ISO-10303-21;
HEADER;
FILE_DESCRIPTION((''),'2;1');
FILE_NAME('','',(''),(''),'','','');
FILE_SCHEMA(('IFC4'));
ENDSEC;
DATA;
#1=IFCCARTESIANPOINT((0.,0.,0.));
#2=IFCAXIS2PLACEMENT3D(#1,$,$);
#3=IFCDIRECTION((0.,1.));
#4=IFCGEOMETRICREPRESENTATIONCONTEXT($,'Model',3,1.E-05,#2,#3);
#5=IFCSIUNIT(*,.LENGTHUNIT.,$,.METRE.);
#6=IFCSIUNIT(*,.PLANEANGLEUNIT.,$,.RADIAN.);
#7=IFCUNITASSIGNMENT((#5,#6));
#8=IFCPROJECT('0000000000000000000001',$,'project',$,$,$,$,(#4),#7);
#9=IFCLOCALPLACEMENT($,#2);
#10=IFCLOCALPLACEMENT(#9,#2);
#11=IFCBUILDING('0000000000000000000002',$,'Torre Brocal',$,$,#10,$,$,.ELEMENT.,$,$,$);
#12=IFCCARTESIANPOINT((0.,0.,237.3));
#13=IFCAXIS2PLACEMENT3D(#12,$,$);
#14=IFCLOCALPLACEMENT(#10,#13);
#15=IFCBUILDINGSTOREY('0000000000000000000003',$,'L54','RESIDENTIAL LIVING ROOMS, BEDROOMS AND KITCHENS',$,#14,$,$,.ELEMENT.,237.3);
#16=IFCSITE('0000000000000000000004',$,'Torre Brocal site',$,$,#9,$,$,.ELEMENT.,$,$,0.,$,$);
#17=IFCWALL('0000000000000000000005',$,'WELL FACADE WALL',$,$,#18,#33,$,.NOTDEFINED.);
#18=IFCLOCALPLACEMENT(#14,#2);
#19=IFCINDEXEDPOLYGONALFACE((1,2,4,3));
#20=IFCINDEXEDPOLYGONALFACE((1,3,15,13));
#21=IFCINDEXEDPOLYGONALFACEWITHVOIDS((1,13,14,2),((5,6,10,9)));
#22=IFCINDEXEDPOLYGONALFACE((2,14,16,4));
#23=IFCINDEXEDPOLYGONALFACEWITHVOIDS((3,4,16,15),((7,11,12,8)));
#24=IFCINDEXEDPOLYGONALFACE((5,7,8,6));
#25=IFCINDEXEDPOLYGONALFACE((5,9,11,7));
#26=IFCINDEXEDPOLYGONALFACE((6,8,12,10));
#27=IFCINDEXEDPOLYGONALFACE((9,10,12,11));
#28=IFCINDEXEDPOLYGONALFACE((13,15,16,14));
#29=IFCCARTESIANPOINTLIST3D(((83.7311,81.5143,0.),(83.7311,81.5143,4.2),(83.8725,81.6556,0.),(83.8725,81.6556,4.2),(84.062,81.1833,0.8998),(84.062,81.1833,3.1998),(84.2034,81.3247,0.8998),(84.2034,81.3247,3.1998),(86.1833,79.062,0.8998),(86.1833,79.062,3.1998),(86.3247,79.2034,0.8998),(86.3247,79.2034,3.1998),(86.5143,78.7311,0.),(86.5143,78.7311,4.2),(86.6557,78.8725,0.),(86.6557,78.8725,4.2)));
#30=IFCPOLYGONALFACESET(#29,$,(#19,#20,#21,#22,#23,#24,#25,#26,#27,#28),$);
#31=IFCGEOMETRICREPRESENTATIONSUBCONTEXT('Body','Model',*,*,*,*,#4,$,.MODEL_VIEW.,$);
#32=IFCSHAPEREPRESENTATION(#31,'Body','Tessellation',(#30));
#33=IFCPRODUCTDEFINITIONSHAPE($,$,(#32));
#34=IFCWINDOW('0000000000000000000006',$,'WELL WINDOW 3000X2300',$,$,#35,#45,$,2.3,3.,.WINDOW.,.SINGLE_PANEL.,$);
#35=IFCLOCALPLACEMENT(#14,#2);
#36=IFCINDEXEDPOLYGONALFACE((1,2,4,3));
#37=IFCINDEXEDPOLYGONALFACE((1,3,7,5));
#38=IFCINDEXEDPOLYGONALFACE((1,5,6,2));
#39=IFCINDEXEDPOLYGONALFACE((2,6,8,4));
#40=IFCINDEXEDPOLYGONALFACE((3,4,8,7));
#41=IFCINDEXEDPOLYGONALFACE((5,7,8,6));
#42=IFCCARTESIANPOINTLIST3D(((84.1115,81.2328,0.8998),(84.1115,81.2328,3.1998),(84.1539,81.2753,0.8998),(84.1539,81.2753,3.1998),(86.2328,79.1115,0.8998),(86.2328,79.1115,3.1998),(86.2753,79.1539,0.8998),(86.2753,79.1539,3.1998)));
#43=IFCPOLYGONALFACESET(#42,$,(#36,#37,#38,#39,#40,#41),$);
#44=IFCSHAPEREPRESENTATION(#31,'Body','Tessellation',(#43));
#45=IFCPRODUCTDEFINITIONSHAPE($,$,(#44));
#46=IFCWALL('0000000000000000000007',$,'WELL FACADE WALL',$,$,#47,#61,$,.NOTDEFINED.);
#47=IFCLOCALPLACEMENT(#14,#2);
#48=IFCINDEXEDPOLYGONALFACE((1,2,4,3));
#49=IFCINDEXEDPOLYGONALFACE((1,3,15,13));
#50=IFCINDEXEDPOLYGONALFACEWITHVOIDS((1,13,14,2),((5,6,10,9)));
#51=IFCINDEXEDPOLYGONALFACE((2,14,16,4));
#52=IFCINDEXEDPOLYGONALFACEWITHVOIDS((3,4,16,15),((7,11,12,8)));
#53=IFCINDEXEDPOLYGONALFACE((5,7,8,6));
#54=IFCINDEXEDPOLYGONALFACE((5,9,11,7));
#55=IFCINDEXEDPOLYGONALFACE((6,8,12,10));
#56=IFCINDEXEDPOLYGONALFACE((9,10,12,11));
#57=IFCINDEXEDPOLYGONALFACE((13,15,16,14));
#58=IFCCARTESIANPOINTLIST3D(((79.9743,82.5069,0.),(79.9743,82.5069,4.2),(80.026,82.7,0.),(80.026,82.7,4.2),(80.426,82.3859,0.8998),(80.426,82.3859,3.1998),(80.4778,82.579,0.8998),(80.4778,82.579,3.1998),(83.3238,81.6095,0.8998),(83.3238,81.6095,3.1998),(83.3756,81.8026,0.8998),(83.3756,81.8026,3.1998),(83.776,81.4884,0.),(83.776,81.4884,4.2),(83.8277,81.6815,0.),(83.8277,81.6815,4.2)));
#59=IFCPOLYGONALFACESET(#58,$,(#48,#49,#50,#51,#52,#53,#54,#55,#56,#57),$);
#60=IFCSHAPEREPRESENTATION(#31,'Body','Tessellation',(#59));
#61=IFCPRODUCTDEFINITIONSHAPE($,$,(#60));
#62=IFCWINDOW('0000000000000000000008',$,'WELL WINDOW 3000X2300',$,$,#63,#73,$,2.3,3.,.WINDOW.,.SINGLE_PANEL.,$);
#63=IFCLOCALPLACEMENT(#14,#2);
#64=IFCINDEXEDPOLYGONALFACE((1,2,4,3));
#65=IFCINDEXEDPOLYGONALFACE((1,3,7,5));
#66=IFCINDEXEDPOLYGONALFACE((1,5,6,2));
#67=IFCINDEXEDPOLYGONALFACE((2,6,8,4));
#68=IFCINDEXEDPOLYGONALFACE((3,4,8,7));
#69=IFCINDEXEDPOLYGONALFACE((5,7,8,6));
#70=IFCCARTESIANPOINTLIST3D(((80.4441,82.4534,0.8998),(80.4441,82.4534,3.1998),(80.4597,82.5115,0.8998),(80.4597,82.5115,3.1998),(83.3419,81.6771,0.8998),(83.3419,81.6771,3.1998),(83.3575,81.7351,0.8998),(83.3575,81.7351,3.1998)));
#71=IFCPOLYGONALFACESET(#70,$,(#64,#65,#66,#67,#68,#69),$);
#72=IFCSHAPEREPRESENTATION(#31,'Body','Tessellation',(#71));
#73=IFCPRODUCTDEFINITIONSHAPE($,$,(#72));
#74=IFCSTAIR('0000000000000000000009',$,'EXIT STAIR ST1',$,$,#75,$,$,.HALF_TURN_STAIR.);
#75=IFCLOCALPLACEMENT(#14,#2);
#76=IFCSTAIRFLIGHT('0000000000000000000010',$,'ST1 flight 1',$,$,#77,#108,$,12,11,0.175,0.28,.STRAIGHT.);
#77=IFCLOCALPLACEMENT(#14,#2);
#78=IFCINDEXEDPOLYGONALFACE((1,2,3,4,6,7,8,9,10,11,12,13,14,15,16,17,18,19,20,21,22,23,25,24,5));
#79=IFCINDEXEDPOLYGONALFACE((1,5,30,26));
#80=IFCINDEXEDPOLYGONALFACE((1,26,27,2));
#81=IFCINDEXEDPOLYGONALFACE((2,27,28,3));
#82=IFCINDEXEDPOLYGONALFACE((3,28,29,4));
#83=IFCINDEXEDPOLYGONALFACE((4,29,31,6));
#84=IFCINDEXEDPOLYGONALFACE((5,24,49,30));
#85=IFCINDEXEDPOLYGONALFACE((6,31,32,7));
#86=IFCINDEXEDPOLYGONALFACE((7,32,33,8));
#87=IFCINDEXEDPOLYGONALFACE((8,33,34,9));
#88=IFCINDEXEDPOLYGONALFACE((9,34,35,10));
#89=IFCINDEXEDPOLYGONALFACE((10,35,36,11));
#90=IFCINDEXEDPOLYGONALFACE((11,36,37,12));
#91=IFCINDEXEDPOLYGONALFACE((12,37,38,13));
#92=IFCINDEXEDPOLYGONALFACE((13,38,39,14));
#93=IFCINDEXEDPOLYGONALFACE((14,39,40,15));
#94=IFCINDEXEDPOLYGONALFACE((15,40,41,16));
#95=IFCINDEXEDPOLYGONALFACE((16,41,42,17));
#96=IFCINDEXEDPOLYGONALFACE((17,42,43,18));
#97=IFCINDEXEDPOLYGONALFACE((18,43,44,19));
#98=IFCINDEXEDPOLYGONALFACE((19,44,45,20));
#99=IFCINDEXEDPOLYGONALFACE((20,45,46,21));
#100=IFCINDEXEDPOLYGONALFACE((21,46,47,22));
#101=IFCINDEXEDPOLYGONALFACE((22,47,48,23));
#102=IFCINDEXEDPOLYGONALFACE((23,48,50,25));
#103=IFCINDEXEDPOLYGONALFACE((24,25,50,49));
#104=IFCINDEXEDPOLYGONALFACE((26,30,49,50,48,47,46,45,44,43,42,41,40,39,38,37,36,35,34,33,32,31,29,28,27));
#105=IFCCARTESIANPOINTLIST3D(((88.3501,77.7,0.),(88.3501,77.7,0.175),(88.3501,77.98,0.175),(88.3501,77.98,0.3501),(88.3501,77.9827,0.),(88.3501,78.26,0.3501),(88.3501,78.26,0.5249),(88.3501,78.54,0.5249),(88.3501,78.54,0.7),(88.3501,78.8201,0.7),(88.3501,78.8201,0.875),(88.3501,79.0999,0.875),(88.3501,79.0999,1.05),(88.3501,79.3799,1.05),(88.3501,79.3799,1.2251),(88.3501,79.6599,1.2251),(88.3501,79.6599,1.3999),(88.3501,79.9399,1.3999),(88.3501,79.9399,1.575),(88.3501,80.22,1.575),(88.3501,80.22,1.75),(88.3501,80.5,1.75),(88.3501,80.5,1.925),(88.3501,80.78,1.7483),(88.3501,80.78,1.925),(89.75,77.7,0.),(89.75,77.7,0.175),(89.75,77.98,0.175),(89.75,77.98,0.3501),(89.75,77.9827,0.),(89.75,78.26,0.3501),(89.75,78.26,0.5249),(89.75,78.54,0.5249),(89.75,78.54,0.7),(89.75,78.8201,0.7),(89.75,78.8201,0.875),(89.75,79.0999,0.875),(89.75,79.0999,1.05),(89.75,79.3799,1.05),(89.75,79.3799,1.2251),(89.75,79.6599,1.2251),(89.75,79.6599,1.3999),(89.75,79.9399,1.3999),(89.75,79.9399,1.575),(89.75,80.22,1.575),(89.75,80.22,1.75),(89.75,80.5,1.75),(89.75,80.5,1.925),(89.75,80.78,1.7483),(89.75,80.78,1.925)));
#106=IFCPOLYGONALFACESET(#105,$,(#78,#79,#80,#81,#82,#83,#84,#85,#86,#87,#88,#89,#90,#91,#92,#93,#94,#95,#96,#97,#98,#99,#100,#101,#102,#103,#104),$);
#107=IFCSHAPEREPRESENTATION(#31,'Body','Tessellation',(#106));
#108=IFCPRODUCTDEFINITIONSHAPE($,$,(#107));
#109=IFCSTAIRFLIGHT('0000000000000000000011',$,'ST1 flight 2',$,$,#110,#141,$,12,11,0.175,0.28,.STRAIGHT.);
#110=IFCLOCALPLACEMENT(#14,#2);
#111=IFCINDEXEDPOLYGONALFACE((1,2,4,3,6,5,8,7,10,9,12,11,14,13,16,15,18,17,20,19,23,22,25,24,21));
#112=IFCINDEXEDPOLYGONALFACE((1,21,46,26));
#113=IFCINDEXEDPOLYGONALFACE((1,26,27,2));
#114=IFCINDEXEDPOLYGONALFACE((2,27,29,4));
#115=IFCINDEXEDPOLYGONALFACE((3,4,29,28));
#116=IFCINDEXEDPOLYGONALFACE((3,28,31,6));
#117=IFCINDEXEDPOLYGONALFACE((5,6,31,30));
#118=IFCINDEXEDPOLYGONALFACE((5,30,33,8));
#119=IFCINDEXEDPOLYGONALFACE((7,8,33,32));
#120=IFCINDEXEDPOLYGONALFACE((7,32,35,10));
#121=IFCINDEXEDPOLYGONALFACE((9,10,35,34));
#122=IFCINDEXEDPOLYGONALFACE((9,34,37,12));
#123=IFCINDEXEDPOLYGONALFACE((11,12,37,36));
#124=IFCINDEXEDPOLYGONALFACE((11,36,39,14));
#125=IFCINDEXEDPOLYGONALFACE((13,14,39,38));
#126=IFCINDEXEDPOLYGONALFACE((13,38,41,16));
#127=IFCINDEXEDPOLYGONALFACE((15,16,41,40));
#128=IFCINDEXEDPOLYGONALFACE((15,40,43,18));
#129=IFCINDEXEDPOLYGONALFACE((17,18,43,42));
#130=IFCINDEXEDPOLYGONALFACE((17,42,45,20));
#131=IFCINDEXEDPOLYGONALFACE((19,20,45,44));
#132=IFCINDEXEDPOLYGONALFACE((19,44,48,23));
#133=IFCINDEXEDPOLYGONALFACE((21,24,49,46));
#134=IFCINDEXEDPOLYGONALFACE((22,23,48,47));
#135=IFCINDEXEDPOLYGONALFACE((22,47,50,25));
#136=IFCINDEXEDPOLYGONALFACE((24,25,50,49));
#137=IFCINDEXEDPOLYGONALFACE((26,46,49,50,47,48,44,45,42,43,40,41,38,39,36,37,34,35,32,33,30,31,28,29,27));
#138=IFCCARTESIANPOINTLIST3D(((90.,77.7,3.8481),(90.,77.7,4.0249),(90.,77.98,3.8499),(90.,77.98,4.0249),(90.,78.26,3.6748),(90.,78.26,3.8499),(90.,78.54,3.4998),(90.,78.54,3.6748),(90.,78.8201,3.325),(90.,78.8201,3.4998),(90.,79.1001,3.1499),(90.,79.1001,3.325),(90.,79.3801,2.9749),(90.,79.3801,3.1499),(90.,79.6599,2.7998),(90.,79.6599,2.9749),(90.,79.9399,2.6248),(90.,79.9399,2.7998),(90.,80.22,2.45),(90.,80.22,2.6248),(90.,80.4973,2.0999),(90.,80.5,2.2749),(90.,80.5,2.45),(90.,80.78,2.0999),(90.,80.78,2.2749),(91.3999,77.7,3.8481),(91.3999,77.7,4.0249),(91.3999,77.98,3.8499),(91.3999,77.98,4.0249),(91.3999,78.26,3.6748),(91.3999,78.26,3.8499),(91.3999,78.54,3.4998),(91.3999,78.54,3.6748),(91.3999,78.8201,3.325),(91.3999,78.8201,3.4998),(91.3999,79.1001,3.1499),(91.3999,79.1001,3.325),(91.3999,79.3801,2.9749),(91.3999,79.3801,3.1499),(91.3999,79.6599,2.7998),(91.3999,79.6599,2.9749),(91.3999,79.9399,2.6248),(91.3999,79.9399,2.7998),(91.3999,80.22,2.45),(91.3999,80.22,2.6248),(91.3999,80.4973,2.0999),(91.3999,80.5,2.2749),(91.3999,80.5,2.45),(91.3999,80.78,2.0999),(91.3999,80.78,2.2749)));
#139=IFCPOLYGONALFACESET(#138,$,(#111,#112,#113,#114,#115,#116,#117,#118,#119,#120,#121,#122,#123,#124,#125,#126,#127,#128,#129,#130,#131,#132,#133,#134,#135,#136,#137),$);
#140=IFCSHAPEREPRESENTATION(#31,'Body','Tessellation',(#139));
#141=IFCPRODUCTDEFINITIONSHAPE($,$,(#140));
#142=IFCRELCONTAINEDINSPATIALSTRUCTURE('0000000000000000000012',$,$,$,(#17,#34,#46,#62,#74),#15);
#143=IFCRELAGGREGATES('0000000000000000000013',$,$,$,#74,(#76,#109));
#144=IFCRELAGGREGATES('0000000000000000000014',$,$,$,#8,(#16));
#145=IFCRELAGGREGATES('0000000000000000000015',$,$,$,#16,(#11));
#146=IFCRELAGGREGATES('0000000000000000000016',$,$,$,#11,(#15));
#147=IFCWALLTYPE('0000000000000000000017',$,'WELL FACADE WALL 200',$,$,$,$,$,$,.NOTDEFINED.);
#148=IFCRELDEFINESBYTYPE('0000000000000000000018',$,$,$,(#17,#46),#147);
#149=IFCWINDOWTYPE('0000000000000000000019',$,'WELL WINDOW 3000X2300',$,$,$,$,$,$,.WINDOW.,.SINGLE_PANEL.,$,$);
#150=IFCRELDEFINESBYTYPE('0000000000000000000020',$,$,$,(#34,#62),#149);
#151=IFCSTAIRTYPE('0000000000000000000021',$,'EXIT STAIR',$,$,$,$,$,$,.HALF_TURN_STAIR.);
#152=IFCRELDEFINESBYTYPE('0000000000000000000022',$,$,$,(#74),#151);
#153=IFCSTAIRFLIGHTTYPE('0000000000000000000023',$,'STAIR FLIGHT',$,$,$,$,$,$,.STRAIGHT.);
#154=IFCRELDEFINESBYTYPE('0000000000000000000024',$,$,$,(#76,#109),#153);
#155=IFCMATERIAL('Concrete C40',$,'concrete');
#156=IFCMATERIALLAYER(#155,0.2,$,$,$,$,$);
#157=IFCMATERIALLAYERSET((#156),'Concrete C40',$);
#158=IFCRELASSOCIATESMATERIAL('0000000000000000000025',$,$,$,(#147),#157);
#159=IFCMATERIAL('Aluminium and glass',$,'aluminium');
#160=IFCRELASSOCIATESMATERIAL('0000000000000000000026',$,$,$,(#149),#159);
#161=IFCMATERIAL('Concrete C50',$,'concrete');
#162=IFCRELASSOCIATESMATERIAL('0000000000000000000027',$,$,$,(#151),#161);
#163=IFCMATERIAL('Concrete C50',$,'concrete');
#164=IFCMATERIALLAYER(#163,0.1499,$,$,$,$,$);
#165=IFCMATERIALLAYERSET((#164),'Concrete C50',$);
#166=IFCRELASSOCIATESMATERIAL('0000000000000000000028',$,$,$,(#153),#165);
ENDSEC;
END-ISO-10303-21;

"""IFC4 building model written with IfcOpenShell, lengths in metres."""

from ifc_helpers import new_model, si_unit, direction, frame, frame_2d, origin, place, context, subcontext, project, spatial, polyline, rectangle, outline, extrude, material, layer, layer_set, type_object, element, fill, aggregate, save


model = new_model("IFC4")

# Units and contexts
model_context = context("Model", 3, precision=1e-05, world=origin(), true_north=direction((0.0, 1.0)))
body_context = subcontext(model_context, "Body", "Model", "MODEL_VIEW")
ifc_project = project(units=[si_unit("LENGTHUNIT", "METRE"), si_unit("PLANEANGLEUNIT", "RADIAN")], contexts=[model_context])

# Site, building, storey
site_placement = place(None, origin())
site = spatial("IfcSite", under=ifc_project, at=site_placement, Name="Torre Brocal site", CompositionType="ELEMENT", RefElevation=0.0)
building_placement = place(site_placement, origin())
building = spatial("IfcBuilding", under=site, at=building_placement, Name="Torre Brocal", CompositionType="ELEMENT")
storey_placement = place(building_placement, frame((0.0, 0.0, 237.3)))
storey = spatial("IfcBuildingStorey", under=building, at=storey_placement, Name="L54", Description="RESIDENTIAL LIVING ROOMS, BEDROOMS AND KITCHENS", CompositionType="ELEMENT", Elevation=237.3)

# Walls, openings, windows
ifc_material_1 = material(Name="Concrete C40", Category="concrete")
ifc_layer_1 = layer(ifc_material_1, 0.2)
ifc_layer_set_1 = layer_set([ifc_layer_1], Name="Concrete C40")
wall_type_1 = type_object("IfcWallType", Name="WELL FACADE WALL 200", PredefinedType="NOTDEFINED", material=ifc_layer_set_1)
wall_1_placement = place(storey_placement, frame((86.585, 78.8018, 0.0), z_axis=(0.0, 0.0, 1.0), x_axis=(-0.707107, 0.707107, 0.0)))
wall_1 = element("IfcWall", 1, at=wall_1_placement, inside=storey, type_object=wall_type_1, Name="WELL FACADE WALL", PredefinedType="NOTDEFINED", context=body_context, shape_type="SweptSolid", body=[
    extrude(rectangle(XDim=3.936, YDim=0.2, at=frame_2d((1.968, 0.0))), origin(), (0.0, 0.0, 1.0), 4.2),
])
opening_1_placement = place(wall_1_placement, frame((0.468, 0.0, 0.8999)))
opening_1 = element("IfcOpeningElement", 2, at=opening_1_placement, cuts=wall_1, PredefinedType="OPENING", context=body_context, shape_type="SweptSolid", body=[
    extrude(rectangle(XDim=3.0, YDim=2.3, at=frame_2d((1.5, 1.1499))), frame((0.0, 0.1099, 0.0), z_axis=(0.0, -1.0, 0.0), x_axis=(1.0, 0.0, 0.0)), (0.0, 0.0, 1.0), 0.22),
])
ifc_material_2 = material(Name="Aluminium and glass", Category="aluminium")
window_type = type_object("IfcWindowType", Name="WELL WINDOW 3000X2300", PartitioningType="SINGLE_PANEL", PredefinedType="WINDOW", material=ifc_material_2)
window_1_placement = place(opening_1_placement, origin())
window_1 = element("IfcWindow", 3, at=window_1_placement, inside=storey, type_object=window_type, Name="WELL WINDOW 3000X2300", OverallHeight=2.3, OverallWidth=3.0, PartitioningType="SINGLE_PANEL", PredefinedType="WINDOW", context=body_context, shape_type="SweptSolid", body=[
    extrude(rectangle(XDim=3.0, YDim=2.3, at=frame_2d((1.5, 1.1499))), frame((0.0, 0.03, 0.0), z_axis=(0.0, -1.0, 0.0), x_axis=(1.0, 0.0, 0.0)), (0.0, 0.0, 1.0), 0.0601),
])
fill(opening_1, window_1)
wall_2_placement = place(storey_placement, frame((83.8018, 81.585, 0.0), z_axis=(0.0, 0.0, 1.0), x_axis=(-0.965934, 0.25879, 0.0)))
wall_2 = element("IfcWall", 4, at=wall_2_placement, inside=storey, type_object=wall_type_1, Name="WELL FACADE WALL", PredefinedType="NOTDEFINED", context=body_context, shape_type="SweptSolid", body=[
    extrude(rectangle(XDim=3.9358, YDim=0.2, at=frame_2d((1.9678, 0.0))), origin(), (0.0, 0.0, 1.0), 4.2),
])
opening_2_placement = place(wall_2_placement, frame((0.468, 0.0, 0.8999)))
opening_2 = element("IfcOpeningElement", 5, at=opening_2_placement, cuts=wall_2, PredefinedType="OPENING", context=body_context, shape_type="SweptSolid", body=[
    extrude(rectangle(XDim=3.0, YDim=2.3, at=frame_2d((1.5, 1.1499))), frame((0.0, 0.1099, 0.0), z_axis=(0.0, -1.0, 0.0), x_axis=(1.0, 0.0, 0.0)), (0.0, 0.0, 1.0), 0.22),
])
window_2_placement = place(opening_2_placement, origin())
window_2 = element("IfcWindow", 6, at=window_2_placement, inside=storey, type_object=window_type, Name="WELL WINDOW 3000X2300", OverallHeight=2.3, OverallWidth=3.0, PartitioningType="SINGLE_PANEL", PredefinedType="WINDOW", context=body_context, shape_type="SweptSolid", body=[
    extrude(rectangle(XDim=3.0, YDim=2.3, at=frame_2d((1.5, 1.1499))), frame((0.0, 0.03, 0.0), z_axis=(0.0, -1.0, 0.0), x_axis=(1.0, 0.0, 0.0)), (0.0, 0.0, 1.0), 0.0601),
])
fill(opening_2, window_2)

# Stair, stair flights
ifc_material_3 = material(Name="Concrete C50", Category="concrete")
stair_type = type_object("IfcStairType", Name="EXIT STAIR", PredefinedType="HALF_TURN_STAIR", material=ifc_material_3)
stair_placement = place(storey_placement, origin())
stair = element("IfcStair", 7, at=stair_placement, inside=storey, type_object=stair_type, Name="EXIT STAIR ST1", PredefinedType="HALF_TURN_STAIR")
ifc_material_4 = material(Name="Concrete C50", Category="concrete")
ifc_layer_2 = layer(ifc_material_4, 0.1499)
ifc_layer_set_2 = layer_set([ifc_layer_2], Name="Concrete C50")
stair_flight_type = type_object("IfcStairFlightType", Name="STAIR FLIGHT", PredefinedType="STRAIGHT", material=ifc_layer_set_2)
stair_flight_1_placement = place(storey_placement, frame((89.05, 77.7, 0.0), z_axis=(0.0, 0.0, 1.0), x_axis=(0.0, 1.0, 0.0)))
stair_flight_1 = element("IfcStairFlight", 8, at=stair_flight_1_placement, type_object=stair_flight_type, Name="ST1 flight 1", NumberOfRisers=12, NumberOfTreads=11, PredefinedType="STRAIGHT", RiserHeight=0.175, TreadLength=0.28, context=body_context, shape_type="SweptSolid", body=[
    extrude(outline(polyline([(0.0, 0.0), (0.0, 0.175), (0.28, 0.175), (0.28, 0.3501), (0.5601, 0.3501), (0.5601, 0.5249), (0.8401, 0.5249), (0.8401, 0.7), (1.1201, 0.7), (1.1201, 0.875), (1.3999, 0.875), (1.3999, 1.05), (1.6799, 1.05), (1.6799, 1.2251), (1.96, 1.2251), (1.96, 1.3999), (2.24, 1.3999), (2.24, 1.575), (2.52, 1.575), (2.52, 1.75), (2.8, 1.75), (2.8, 1.925), (3.0801, 1.925), (3.0801, 2.1001), (3.0801, 1.7483), (0.2827, 0.0), (0.0, 0.0)])), frame((0.0, 0.7, 0.0), z_axis=(0.0, -1.0, 0.0), x_axis=(1.0, 0.0, 0.0)), (0.0, 0.0, 1.0), 1.3999),
])
stair_flight_2_placement = place(storey_placement, frame((90.7, 80.78, 2.0999), z_axis=(0.0, 0.0, 1.0), x_axis=(0.0, -1.0, 0.0)))
stair_flight_2 = element("IfcStairFlight", 9, at=stair_flight_2_placement, type_object=stair_flight_type, Name="ST1 flight 2", NumberOfRisers=12, NumberOfTreads=11, PredefinedType="STRAIGHT", RiserHeight=0.175, TreadLength=0.28, context=body_context, shape_type="SweptSolid", body=[
    extrude(outline(polyline([(0.0, 0.0), (0.0, 0.175), (0.28, 0.175), (0.28, 0.3501), (0.5601, 0.3501), (0.5601, 0.5249), (0.8401, 0.5249), (0.8401, 0.7), (1.1201, 0.7), (1.1201, 0.875), (1.3999, 0.875), (1.3999, 1.05), (1.6799, 1.05), (1.6799, 1.2251), (1.96, 1.2251), (1.96, 1.3999), (2.24, 1.3999), (2.24, 1.575), (2.52, 1.575), (2.52, 1.75), (2.8, 1.75), (2.8, 1.925), (3.0801, 1.925), (3.0801, 2.1001), (3.0801, 1.7483), (0.2827, 0.0), (0.0, 0.0)])), frame((0.0, 0.7, 0.0), z_axis=(0.0, -1.0, 0.0), x_axis=(1.0, 0.0, 0.0)), (0.0, 0.0, 1.0), 1.3999),
])
aggregate(stair, [stair_flight_1, stair_flight_2])

save(model, "model.ifc")
